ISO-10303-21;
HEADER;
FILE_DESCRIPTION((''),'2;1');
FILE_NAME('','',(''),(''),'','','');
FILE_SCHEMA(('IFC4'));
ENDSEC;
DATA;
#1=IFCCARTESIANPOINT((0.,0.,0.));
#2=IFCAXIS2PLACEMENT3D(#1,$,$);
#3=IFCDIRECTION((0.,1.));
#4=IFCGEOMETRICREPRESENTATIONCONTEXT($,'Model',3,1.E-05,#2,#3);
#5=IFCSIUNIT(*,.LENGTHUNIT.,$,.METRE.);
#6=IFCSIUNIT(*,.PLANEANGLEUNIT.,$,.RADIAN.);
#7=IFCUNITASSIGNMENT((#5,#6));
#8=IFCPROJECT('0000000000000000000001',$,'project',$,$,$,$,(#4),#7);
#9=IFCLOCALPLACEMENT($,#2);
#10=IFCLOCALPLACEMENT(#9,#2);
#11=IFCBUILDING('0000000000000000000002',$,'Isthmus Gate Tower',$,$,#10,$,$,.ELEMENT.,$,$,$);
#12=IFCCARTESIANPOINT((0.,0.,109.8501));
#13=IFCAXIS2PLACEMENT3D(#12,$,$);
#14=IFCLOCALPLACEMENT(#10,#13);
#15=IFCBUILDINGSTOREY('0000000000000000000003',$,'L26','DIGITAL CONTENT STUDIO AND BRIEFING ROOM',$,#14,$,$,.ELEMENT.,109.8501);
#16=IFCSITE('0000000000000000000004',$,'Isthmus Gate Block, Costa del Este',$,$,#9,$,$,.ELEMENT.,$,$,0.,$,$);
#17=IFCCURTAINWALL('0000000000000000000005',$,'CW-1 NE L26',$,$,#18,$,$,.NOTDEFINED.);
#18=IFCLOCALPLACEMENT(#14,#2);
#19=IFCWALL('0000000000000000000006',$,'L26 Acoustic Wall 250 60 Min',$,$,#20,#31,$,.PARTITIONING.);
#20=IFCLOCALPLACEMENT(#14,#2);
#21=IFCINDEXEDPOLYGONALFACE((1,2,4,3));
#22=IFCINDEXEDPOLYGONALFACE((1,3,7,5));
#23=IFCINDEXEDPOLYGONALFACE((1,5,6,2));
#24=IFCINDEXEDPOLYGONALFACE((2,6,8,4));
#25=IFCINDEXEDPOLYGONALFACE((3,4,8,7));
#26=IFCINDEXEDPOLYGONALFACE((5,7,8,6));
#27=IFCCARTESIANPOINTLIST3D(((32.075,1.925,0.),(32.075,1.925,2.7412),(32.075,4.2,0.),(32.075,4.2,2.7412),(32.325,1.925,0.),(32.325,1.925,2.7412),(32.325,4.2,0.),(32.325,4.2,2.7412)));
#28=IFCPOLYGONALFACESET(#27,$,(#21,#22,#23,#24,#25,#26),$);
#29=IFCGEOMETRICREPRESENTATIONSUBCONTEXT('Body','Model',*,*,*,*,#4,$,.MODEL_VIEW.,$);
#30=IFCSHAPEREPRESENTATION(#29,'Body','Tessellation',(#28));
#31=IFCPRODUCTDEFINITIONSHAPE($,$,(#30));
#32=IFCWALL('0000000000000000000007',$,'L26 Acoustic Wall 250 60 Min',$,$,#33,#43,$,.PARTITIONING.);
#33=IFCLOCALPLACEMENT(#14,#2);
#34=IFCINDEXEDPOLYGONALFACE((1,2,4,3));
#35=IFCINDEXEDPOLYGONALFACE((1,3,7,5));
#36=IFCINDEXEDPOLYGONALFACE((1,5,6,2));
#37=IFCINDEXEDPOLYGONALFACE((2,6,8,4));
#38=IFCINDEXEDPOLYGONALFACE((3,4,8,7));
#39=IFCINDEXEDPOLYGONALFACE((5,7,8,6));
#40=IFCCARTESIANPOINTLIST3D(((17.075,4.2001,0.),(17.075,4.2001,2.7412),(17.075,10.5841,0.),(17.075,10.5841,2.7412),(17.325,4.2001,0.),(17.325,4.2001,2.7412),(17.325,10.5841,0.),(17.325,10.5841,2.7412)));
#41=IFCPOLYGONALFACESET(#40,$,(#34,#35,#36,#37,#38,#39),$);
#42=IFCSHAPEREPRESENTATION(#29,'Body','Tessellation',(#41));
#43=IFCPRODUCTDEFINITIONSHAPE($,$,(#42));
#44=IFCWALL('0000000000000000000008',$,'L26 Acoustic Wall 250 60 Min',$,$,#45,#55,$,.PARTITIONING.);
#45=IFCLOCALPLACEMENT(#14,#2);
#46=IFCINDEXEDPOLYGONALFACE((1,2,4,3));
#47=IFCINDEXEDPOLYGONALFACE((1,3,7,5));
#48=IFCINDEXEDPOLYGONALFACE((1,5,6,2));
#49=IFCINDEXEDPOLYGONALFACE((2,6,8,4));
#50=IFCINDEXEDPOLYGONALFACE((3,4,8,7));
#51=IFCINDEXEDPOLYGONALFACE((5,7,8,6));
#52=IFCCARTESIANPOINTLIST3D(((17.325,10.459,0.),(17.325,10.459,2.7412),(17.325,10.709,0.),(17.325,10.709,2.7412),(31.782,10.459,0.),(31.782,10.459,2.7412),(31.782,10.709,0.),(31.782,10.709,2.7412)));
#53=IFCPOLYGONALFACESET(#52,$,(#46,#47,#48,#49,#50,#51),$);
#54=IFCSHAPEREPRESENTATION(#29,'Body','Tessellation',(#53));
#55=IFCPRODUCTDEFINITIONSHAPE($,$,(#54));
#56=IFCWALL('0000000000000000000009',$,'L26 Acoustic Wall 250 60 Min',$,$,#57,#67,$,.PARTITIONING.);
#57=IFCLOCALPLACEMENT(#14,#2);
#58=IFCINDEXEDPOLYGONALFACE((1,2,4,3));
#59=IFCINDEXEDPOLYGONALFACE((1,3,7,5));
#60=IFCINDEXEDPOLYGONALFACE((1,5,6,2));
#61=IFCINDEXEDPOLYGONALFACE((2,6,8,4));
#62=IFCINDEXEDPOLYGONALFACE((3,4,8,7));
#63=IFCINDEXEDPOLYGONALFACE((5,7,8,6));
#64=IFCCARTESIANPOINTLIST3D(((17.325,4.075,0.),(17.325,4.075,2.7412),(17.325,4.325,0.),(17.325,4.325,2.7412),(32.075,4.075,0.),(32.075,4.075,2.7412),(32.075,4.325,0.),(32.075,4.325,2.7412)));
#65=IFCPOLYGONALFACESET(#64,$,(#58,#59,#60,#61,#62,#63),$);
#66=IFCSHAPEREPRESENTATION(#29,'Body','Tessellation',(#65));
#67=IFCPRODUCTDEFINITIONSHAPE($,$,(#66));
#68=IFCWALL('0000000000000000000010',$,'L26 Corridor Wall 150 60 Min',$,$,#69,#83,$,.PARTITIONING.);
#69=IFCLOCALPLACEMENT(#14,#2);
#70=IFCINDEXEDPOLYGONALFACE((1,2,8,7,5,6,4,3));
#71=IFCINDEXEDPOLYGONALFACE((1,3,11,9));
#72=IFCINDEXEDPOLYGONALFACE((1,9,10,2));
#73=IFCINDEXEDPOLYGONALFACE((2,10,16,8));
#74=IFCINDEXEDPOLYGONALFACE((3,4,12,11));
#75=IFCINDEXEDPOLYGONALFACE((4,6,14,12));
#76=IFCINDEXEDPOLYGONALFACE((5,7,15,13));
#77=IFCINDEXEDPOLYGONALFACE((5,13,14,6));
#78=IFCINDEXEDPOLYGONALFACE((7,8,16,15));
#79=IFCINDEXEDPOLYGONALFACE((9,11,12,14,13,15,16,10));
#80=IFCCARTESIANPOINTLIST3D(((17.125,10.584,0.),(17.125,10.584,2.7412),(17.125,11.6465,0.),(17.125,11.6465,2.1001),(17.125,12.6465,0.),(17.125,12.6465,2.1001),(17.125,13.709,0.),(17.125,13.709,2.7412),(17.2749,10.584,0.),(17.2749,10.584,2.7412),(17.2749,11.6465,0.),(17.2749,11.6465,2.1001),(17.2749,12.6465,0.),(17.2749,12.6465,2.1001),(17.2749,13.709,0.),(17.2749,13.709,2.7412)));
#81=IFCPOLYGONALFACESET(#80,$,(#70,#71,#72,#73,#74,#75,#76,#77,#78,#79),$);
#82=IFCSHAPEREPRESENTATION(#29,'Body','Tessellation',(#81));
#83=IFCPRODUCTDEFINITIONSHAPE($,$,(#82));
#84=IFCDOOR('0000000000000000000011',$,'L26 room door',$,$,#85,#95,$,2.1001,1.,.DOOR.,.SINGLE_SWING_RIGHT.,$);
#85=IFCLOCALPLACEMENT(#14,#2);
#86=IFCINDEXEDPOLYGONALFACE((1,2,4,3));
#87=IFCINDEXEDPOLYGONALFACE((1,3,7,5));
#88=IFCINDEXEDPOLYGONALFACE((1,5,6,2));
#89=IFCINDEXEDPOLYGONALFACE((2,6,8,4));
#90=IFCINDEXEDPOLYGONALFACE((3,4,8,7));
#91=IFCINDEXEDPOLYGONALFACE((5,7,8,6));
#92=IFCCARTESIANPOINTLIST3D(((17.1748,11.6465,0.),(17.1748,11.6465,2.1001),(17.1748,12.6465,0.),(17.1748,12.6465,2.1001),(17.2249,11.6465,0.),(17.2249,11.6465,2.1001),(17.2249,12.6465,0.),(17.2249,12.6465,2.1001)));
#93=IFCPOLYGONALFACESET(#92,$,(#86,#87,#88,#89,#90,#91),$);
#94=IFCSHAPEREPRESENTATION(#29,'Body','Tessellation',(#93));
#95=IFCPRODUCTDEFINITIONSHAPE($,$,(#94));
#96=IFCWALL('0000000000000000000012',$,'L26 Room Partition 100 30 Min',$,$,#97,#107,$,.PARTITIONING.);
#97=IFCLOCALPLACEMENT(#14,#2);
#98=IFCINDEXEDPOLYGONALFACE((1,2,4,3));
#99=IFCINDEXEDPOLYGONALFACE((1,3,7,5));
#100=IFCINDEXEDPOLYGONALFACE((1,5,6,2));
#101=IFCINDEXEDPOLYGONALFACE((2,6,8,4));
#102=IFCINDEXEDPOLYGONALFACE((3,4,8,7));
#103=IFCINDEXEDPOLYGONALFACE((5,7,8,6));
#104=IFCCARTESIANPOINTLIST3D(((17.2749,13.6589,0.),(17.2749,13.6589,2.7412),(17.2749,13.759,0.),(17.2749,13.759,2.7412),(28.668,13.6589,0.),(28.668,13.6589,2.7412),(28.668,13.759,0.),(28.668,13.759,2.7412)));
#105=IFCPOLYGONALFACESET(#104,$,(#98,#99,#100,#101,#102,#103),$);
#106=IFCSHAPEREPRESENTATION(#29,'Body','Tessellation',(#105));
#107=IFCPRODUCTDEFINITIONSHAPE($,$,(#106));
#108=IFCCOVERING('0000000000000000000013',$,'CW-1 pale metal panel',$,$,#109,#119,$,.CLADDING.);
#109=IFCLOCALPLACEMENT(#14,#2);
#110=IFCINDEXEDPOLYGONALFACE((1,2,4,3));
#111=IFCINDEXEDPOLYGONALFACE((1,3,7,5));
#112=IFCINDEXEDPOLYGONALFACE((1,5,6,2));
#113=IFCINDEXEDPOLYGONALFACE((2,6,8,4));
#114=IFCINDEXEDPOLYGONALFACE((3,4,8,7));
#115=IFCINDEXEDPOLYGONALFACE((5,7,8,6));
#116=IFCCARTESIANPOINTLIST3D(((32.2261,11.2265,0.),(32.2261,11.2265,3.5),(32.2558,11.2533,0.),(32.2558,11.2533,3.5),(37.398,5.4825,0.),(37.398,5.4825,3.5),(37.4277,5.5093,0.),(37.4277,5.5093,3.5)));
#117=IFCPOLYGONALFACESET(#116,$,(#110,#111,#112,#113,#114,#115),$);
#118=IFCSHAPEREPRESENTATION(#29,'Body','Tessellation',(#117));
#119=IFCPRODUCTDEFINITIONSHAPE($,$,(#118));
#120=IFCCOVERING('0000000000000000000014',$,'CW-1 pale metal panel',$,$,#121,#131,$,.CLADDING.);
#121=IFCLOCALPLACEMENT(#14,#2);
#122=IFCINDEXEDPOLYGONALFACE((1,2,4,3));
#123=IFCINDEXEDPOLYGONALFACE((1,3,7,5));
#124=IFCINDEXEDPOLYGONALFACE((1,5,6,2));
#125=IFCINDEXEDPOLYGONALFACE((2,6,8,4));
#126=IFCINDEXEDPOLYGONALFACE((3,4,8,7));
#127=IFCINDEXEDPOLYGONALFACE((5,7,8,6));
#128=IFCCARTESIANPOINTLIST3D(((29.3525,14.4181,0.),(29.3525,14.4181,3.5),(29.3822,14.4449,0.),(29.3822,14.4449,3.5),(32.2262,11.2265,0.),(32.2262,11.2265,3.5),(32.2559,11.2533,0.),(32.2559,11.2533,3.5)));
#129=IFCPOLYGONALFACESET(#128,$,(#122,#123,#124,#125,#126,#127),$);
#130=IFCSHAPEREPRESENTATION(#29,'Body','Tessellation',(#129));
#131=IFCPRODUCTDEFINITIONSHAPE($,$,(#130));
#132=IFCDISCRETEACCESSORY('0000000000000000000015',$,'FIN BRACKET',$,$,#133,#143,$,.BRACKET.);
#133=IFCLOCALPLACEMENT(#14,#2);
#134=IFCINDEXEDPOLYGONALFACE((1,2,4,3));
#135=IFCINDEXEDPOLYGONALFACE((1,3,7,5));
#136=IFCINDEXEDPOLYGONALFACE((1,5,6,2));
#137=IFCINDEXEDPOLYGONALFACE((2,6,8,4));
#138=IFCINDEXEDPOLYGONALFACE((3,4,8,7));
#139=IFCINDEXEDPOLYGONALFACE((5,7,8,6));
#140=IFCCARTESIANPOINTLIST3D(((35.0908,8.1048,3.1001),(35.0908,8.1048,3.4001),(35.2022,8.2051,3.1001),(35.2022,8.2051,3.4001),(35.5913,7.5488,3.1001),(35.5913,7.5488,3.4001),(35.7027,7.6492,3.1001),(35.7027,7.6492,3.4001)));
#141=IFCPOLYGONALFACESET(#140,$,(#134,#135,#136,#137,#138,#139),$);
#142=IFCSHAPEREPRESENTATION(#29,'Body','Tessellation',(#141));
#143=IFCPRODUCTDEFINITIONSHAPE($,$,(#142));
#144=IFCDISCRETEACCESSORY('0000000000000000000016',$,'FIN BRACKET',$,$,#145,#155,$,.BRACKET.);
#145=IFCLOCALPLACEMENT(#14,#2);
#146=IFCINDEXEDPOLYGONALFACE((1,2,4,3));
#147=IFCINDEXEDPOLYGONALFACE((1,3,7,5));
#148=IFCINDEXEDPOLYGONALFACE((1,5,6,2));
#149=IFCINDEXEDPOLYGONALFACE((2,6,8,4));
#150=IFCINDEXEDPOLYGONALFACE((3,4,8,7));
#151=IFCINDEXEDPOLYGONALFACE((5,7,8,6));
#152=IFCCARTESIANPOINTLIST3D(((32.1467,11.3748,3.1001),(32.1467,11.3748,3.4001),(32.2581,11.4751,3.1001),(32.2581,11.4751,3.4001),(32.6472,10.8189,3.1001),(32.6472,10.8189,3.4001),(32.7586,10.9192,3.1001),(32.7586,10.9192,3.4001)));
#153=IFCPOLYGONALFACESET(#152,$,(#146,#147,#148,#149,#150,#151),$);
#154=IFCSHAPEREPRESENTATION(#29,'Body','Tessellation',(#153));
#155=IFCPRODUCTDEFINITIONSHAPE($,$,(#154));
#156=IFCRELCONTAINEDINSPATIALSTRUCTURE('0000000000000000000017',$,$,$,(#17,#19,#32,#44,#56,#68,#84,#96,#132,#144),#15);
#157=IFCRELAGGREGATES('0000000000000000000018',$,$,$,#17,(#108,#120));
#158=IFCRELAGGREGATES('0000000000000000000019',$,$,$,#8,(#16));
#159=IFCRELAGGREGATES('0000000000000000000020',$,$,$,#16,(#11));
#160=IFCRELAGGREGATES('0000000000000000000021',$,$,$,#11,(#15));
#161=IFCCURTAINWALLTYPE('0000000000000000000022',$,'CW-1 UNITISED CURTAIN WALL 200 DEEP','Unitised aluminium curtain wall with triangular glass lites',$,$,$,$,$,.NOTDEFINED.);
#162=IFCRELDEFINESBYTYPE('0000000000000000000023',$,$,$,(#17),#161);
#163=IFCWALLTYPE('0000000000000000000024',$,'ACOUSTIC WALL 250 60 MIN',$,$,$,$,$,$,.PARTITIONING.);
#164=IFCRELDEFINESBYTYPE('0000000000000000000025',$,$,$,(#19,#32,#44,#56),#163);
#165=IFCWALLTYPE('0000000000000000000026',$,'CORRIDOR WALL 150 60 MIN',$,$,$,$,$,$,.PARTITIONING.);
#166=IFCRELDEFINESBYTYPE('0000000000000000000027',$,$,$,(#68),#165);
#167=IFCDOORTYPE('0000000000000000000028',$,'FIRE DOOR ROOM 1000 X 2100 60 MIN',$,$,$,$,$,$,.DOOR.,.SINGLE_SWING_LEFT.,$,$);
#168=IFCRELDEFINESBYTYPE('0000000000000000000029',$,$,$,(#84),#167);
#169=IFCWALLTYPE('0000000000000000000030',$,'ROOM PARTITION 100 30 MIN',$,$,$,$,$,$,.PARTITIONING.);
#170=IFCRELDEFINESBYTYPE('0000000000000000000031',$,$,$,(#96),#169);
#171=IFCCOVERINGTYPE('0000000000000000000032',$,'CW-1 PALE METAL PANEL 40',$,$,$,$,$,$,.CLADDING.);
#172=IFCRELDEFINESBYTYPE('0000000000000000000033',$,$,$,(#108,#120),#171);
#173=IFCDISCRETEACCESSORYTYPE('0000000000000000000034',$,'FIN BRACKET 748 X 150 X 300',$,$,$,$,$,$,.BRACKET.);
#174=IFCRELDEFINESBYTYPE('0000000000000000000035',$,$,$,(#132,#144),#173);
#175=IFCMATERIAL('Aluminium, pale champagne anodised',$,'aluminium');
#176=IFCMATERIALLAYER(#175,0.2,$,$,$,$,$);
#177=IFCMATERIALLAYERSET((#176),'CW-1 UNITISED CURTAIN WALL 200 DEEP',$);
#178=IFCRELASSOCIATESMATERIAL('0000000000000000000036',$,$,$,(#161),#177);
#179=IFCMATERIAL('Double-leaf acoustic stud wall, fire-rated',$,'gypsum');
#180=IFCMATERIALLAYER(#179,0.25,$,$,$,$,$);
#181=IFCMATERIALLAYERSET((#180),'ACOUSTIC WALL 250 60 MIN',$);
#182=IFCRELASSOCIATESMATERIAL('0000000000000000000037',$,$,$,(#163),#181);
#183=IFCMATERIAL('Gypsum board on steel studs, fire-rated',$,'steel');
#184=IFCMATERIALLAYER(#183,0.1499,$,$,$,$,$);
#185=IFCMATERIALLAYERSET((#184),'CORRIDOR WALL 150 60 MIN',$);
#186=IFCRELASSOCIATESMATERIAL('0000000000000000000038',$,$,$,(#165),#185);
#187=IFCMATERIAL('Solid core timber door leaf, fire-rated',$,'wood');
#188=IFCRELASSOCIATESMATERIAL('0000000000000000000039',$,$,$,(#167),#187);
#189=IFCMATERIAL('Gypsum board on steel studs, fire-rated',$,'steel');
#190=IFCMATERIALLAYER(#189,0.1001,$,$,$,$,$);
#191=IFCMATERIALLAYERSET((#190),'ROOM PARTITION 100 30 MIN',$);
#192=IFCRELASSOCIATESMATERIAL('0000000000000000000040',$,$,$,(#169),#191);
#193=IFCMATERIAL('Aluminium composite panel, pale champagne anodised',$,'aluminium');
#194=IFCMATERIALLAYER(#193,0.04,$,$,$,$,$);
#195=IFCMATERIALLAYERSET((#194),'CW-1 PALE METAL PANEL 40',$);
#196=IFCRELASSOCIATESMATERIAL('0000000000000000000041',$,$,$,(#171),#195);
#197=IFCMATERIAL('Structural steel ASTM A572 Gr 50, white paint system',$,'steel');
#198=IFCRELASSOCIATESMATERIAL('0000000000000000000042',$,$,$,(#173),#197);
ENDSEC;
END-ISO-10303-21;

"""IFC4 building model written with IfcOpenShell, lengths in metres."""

from ifc_helpers import new_model, si_unit, direction, frame, frame_2d, origin, origin_2d, place, context, subcontext, project, spatial, rectangle, extrude, material, layer, layer_set, type_object, element, fill, aggregate, save


model = new_model("IFC4")

# Units and contexts
model_context = context("Model", 3, precision=1e-05, world=origin(), true_north=direction((0.0, 1.0)))
body_context = subcontext(model_context, "Body", "Model", "MODEL_VIEW")
ifc_project = project(units=[si_unit("LENGTHUNIT", "METRE"), si_unit("PLANEANGLEUNIT", "RADIAN")], contexts=[model_context])

# Site, building, storey
site_placement = place(None, origin())
site = spatial("IfcSite", under=ifc_project, at=site_placement, Name="Isthmus Gate Block, Costa del Este", CompositionType="ELEMENT", RefElevation=0.0)
building_placement = place(site_placement, origin())
building = spatial("IfcBuilding", under=site, at=building_placement, Name="Isthmus Gate Tower", CompositionType="ELEMENT")
storey_placement = place(building_placement, frame((0.0, 0.0, 109.8501)))
storey = spatial("IfcBuildingStorey", under=building, at=storey_placement, Name="L26", Description="DIGITAL CONTENT STUDIO AND BRIEFING ROOM", CompositionType="ELEMENT", Elevation=109.8501)

# Curtain wall
ifc_material_1 = material(Name="Aluminium, pale champagne anodised", Category="aluminium")
ifc_layer_1 = layer(ifc_material_1, 0.2)
ifc_layer_set_1 = layer_set([ifc_layer_1], Name="CW-1 UNITISED CURTAIN WALL 200 DEEP")
curtain_wall_type = type_object("IfcCurtainWallType", Name="CW-1 UNITISED CURTAIN WALL 200 DEEP", Description="Unitised aluminium curtain wall with triangular glass lites", PredefinedType="NOTDEFINED", material=ifc_layer_set_1)
curtain_wall_placement = place(storey_placement, origin())
curtain_wall = element("IfcCurtainWall", 1, at=curtain_wall_placement, inside=storey, type_object=curtain_wall_type, Name="CW-1 NE L26", PredefinedType="NOTDEFINED")

# Walls
ifc_material_2 = material(Name="Double-leaf acoustic stud wall, fire-rated", Category="gypsum")
ifc_layer_2 = layer(ifc_material_2, 0.25)
ifc_layer_set_2 = layer_set([ifc_layer_2], Name="ACOUSTIC WALL 250 60 MIN")
wall_type_1 = type_object("IfcWallType", Name="ACOUSTIC WALL 250 60 MIN", PredefinedType="PARTITIONING", material=ifc_layer_set_2)
wall_1_placement = place(storey_placement, frame((32.2, 4.2, 0.0), z_axis=(0.0, 0.0, 1.0), x_axis=(0.0, -1.0, 0.0)))
element("IfcWall", 2, at=wall_1_placement, inside=storey, type_object=wall_type_1, Name="L26 Acoustic Wall 250 60 Min", PredefinedType="PARTITIONING", context=body_context, shape_type="SweptSolid", body=[
    extrude(rectangle(XDim=2.2749, YDim=0.25, at=frame_2d((1.1375, 0.0))), origin(), (0.0, 0.0, 1.0), 2.7412),
])
wall_2_placement = place(storey_placement, frame((17.2, 10.584, 0.0), z_axis=(0.0, 0.0, 1.0), x_axis=(0.0, -1.0, 0.0)))
element("IfcWall", 3, at=wall_2_placement, inside=storey, type_object=wall_type_1, Name="L26 Acoustic Wall 250 60 Min", PredefinedType="PARTITIONING", context=body_context, shape_type="SweptSolid", body=[
    extrude(rectangle(XDim=6.384, YDim=0.25, at=frame_2d((3.1919, 0.0))), origin(), (0.0, 0.0, 1.0), 2.7412),
])
wall_3_placement = place(storey_placement, frame((17.325, 10.584, 0.0), z_axis=(0.0, 0.0, 1.0), x_axis=(1.0, 0.0, 0.0)))
element("IfcWall", 4, at=wall_3_placement, inside=storey, type_object=wall_type_1, Name="L26 Acoustic Wall 250 60 Min", PredefinedType="PARTITIONING", context=body_context, shape_type="SweptSolid", body=[
    extrude(rectangle(XDim=14.457, YDim=0.25, at=frame_2d((7.2285, 0.0))), origin(), (0.0, 0.0, 1.0), 2.7412),
])
wall_4_placement = place(storey_placement, frame((17.325, 4.2, 0.0), z_axis=(0.0, 0.0, 1.0), x_axis=(1.0, 0.0, 0.0)))
element("IfcWall", 5, at=wall_4_placement, inside=storey, type_object=wall_type_1, Name="L26 Acoustic Wall 250 60 Min", PredefinedType="PARTITIONING", context=body_context, shape_type="SweptSolid", body=[
    extrude(rectangle(XDim=14.75, YDim=0.25, at=frame_2d((7.375, 0.0))), origin(), (0.0, 0.0, 1.0), 2.7412),
])

# Wall, opening, door
ifc_material_3 = material(Name="Gypsum board on steel studs, fire-rated", Category="steel")
ifc_layer_3 = layer(ifc_material_3, 0.1499)
ifc_layer_set_3 = layer_set([ifc_layer_3], Name="CORRIDOR WALL 150 60 MIN")
wall_type_2 = type_object("IfcWallType", Name="CORRIDOR WALL 150 60 MIN", PredefinedType="PARTITIONING", material=ifc_layer_set_3)
wall_5_placement = place(storey_placement, frame((17.2, 13.709, 0.0), z_axis=(0.0, 0.0, 1.0), x_axis=(0.0, -1.0, 0.0)))
wall_5 = element("IfcWall", 6, at=wall_5_placement, inside=storey, type_object=wall_type_2, Name="L26 Corridor Wall 150 60 Min", PredefinedType="PARTITIONING", context=body_context, shape_type="SweptSolid", body=[
    extrude(rectangle(XDim=3.125, YDim=0.1499, at=frame_2d((1.5625, 0.0))), origin(), (0.0, 0.0, 1.0), 2.7412),
])
opening_placement = place(wall_5_placement, frame((1.0625, 0.0, 0.0)))
opening = element("IfcOpeningElement", 7, at=opening_placement, cuts=wall_5, PredefinedType="OPENING", context=body_context, shape_type="SweptSolid", body=[
    extrude(rectangle(XDim=1.0, YDim=2.1001, at=frame_2d((0.5, 1.05))), frame((0.0, 0.085, 0.0), z_axis=(0.0, -1.0, 0.0), x_axis=(1.0, 0.0, 0.0)), (0.0, 0.0, 1.0), 0.1699),
])
ifc_material_4 = material(Name="Solid core timber door leaf, fire-rated", Category="wood")
door_type = type_object("IfcDoorType", Name="FIRE DOOR ROOM 1000 X 2100 60 MIN", OperationType="SINGLE_SWING_LEFT", PredefinedType="DOOR", material=ifc_material_4)
door_placement = place(opening_placement, origin())
door = element("IfcDoor", 8, at=door_placement, inside=storey, type_object=door_type, Name="L26 room door", OperationType="SINGLE_SWING_RIGHT", OverallHeight=2.1001, OverallWidth=1.0, PredefinedType="DOOR", context=body_context, shape_type="SweptSolid", body=[
    extrude(rectangle(XDim=1.0, YDim=2.1001, at=frame_2d((0.5, 1.05))), frame((0.0, 0.0249, 0.0), z_axis=(0.0, -1.0, 0.0), x_axis=(1.0, 0.0, 0.0)), (0.0, 0.0, 1.0), 0.05),
])
fill(opening, door)

# Wall
ifc_material_5 = material(Name="Gypsum board on steel studs, fire-rated", Category="steel")
ifc_layer_4 = layer(ifc_material_5, 0.1001)
ifc_layer_set_4 = layer_set([ifc_layer_4], Name="ROOM PARTITION 100 30 MIN")
wall_type_3 = type_object("IfcWallType", Name="ROOM PARTITION 100 30 MIN", PredefinedType="PARTITIONING", material=ifc_layer_set_4)
wall_6_placement = place(storey_placement, frame((17.2749, 13.709, 0.0), z_axis=(0.0, 0.0, 1.0), x_axis=(1.0, 0.0, 0.0)))
element("IfcWall", 9, at=wall_6_placement, inside=storey, type_object=wall_type_3, Name="L26 Room Partition 100 30 Min", PredefinedType="PARTITIONING", context=body_context, shape_type="SweptSolid", body=[
    extrude(rectangle(XDim=11.3931, YDim=0.1001, at=frame_2d((5.6965, 0.0))), origin(), (0.0, 0.0, 1.0), 2.7412),
])

# Coverings
ifc_material_6 = material(Name="Aluminium composite panel, pale champagne anodised", Category="aluminium")
ifc_layer_5 = layer(ifc_material_6, 0.04)
ifc_layer_set_5 = layer_set([ifc_layer_5], Name="CW-1 PALE METAL PANEL 40")
covering_type = type_object("IfcCoveringType", Name="CW-1 PALE METAL PANEL 40", PredefinedType="CLADDING", material=ifc_layer_set_5)
covering_1_placement = place(storey_placement, frame((34.8269, 8.3679, 0.0), z_axis=(0.0, 0.0, 1.0), x_axis=(-0.669131, 0.743145, 0.0)))
covering_1 = element("IfcCovering", 10, at=covering_1_placement, type_object=covering_type, Name="CW-1 pale metal panel", PredefinedType="CLADDING", context=body_context, shape_type="SweptSolid", body=[
    extrude(rectangle(XDim=7.7292, YDim=0.04, at=origin_2d()), origin(), (0.0, 0.0, 1.0), 3.5),
])
covering_2_placement = place(storey_placement, frame((30.8042, 12.8357, 0.0), z_axis=(0.0, 0.0, 1.0), x_axis=(-0.669131, 0.743145, 0.0)))
covering_2 = element("IfcCovering", 11, at=covering_2_placement, type_object=covering_type, Name="CW-1 pale metal panel", PredefinedType="CLADDING", context=body_context, shape_type="SweptSolid", body=[
    extrude(rectangle(XDim=4.2947, YDim=0.04, at=origin_2d()), origin(), (0.0, 0.0, 1.0), 3.5),
])
aggregate(curtain_wall, [covering_1, covering_2])

# Discrete accessories
ifc_material_7 = material(Name="Structural steel ASTM A572 Gr 50, white paint system", Category="steel")
discrete_accessory_type = type_object("IfcDiscreteAccessoryType", Name="FIN BRACKET 748 X 150 X 300", PredefinedType="BRACKET", material=ifc_material_7)
for number, where, z_axis, x_axis, name in (
    (12, (35.3967, 7.877, 3.1001), (0.0, 0.0, 1.0), (0.743145, 0.669131, 0.0), "FIN BRACKET"),
    (13, (32.4526, 11.147, 3.1001), (0.0, 0.0, 1.0), (0.743145, 0.669131, 0.0), "FIN BRACKET"),
):
    element("IfcDiscreteAccessory", number, at=place(storey_placement, frame(where, z_axis=z_axis, x_axis=x_axis)), inside=storey, type_object=discrete_accessory_type, Name=name, PredefinedType="BRACKET", context=body_context, shape_type="SweptSolid", body=[
        extrude(rectangle(XDim=0.1499, YDim=0.748, at=origin_2d()), origin(), (0.0, 0.0, 1.0), 0.3),
    ])

save(model, "model.ifc")
